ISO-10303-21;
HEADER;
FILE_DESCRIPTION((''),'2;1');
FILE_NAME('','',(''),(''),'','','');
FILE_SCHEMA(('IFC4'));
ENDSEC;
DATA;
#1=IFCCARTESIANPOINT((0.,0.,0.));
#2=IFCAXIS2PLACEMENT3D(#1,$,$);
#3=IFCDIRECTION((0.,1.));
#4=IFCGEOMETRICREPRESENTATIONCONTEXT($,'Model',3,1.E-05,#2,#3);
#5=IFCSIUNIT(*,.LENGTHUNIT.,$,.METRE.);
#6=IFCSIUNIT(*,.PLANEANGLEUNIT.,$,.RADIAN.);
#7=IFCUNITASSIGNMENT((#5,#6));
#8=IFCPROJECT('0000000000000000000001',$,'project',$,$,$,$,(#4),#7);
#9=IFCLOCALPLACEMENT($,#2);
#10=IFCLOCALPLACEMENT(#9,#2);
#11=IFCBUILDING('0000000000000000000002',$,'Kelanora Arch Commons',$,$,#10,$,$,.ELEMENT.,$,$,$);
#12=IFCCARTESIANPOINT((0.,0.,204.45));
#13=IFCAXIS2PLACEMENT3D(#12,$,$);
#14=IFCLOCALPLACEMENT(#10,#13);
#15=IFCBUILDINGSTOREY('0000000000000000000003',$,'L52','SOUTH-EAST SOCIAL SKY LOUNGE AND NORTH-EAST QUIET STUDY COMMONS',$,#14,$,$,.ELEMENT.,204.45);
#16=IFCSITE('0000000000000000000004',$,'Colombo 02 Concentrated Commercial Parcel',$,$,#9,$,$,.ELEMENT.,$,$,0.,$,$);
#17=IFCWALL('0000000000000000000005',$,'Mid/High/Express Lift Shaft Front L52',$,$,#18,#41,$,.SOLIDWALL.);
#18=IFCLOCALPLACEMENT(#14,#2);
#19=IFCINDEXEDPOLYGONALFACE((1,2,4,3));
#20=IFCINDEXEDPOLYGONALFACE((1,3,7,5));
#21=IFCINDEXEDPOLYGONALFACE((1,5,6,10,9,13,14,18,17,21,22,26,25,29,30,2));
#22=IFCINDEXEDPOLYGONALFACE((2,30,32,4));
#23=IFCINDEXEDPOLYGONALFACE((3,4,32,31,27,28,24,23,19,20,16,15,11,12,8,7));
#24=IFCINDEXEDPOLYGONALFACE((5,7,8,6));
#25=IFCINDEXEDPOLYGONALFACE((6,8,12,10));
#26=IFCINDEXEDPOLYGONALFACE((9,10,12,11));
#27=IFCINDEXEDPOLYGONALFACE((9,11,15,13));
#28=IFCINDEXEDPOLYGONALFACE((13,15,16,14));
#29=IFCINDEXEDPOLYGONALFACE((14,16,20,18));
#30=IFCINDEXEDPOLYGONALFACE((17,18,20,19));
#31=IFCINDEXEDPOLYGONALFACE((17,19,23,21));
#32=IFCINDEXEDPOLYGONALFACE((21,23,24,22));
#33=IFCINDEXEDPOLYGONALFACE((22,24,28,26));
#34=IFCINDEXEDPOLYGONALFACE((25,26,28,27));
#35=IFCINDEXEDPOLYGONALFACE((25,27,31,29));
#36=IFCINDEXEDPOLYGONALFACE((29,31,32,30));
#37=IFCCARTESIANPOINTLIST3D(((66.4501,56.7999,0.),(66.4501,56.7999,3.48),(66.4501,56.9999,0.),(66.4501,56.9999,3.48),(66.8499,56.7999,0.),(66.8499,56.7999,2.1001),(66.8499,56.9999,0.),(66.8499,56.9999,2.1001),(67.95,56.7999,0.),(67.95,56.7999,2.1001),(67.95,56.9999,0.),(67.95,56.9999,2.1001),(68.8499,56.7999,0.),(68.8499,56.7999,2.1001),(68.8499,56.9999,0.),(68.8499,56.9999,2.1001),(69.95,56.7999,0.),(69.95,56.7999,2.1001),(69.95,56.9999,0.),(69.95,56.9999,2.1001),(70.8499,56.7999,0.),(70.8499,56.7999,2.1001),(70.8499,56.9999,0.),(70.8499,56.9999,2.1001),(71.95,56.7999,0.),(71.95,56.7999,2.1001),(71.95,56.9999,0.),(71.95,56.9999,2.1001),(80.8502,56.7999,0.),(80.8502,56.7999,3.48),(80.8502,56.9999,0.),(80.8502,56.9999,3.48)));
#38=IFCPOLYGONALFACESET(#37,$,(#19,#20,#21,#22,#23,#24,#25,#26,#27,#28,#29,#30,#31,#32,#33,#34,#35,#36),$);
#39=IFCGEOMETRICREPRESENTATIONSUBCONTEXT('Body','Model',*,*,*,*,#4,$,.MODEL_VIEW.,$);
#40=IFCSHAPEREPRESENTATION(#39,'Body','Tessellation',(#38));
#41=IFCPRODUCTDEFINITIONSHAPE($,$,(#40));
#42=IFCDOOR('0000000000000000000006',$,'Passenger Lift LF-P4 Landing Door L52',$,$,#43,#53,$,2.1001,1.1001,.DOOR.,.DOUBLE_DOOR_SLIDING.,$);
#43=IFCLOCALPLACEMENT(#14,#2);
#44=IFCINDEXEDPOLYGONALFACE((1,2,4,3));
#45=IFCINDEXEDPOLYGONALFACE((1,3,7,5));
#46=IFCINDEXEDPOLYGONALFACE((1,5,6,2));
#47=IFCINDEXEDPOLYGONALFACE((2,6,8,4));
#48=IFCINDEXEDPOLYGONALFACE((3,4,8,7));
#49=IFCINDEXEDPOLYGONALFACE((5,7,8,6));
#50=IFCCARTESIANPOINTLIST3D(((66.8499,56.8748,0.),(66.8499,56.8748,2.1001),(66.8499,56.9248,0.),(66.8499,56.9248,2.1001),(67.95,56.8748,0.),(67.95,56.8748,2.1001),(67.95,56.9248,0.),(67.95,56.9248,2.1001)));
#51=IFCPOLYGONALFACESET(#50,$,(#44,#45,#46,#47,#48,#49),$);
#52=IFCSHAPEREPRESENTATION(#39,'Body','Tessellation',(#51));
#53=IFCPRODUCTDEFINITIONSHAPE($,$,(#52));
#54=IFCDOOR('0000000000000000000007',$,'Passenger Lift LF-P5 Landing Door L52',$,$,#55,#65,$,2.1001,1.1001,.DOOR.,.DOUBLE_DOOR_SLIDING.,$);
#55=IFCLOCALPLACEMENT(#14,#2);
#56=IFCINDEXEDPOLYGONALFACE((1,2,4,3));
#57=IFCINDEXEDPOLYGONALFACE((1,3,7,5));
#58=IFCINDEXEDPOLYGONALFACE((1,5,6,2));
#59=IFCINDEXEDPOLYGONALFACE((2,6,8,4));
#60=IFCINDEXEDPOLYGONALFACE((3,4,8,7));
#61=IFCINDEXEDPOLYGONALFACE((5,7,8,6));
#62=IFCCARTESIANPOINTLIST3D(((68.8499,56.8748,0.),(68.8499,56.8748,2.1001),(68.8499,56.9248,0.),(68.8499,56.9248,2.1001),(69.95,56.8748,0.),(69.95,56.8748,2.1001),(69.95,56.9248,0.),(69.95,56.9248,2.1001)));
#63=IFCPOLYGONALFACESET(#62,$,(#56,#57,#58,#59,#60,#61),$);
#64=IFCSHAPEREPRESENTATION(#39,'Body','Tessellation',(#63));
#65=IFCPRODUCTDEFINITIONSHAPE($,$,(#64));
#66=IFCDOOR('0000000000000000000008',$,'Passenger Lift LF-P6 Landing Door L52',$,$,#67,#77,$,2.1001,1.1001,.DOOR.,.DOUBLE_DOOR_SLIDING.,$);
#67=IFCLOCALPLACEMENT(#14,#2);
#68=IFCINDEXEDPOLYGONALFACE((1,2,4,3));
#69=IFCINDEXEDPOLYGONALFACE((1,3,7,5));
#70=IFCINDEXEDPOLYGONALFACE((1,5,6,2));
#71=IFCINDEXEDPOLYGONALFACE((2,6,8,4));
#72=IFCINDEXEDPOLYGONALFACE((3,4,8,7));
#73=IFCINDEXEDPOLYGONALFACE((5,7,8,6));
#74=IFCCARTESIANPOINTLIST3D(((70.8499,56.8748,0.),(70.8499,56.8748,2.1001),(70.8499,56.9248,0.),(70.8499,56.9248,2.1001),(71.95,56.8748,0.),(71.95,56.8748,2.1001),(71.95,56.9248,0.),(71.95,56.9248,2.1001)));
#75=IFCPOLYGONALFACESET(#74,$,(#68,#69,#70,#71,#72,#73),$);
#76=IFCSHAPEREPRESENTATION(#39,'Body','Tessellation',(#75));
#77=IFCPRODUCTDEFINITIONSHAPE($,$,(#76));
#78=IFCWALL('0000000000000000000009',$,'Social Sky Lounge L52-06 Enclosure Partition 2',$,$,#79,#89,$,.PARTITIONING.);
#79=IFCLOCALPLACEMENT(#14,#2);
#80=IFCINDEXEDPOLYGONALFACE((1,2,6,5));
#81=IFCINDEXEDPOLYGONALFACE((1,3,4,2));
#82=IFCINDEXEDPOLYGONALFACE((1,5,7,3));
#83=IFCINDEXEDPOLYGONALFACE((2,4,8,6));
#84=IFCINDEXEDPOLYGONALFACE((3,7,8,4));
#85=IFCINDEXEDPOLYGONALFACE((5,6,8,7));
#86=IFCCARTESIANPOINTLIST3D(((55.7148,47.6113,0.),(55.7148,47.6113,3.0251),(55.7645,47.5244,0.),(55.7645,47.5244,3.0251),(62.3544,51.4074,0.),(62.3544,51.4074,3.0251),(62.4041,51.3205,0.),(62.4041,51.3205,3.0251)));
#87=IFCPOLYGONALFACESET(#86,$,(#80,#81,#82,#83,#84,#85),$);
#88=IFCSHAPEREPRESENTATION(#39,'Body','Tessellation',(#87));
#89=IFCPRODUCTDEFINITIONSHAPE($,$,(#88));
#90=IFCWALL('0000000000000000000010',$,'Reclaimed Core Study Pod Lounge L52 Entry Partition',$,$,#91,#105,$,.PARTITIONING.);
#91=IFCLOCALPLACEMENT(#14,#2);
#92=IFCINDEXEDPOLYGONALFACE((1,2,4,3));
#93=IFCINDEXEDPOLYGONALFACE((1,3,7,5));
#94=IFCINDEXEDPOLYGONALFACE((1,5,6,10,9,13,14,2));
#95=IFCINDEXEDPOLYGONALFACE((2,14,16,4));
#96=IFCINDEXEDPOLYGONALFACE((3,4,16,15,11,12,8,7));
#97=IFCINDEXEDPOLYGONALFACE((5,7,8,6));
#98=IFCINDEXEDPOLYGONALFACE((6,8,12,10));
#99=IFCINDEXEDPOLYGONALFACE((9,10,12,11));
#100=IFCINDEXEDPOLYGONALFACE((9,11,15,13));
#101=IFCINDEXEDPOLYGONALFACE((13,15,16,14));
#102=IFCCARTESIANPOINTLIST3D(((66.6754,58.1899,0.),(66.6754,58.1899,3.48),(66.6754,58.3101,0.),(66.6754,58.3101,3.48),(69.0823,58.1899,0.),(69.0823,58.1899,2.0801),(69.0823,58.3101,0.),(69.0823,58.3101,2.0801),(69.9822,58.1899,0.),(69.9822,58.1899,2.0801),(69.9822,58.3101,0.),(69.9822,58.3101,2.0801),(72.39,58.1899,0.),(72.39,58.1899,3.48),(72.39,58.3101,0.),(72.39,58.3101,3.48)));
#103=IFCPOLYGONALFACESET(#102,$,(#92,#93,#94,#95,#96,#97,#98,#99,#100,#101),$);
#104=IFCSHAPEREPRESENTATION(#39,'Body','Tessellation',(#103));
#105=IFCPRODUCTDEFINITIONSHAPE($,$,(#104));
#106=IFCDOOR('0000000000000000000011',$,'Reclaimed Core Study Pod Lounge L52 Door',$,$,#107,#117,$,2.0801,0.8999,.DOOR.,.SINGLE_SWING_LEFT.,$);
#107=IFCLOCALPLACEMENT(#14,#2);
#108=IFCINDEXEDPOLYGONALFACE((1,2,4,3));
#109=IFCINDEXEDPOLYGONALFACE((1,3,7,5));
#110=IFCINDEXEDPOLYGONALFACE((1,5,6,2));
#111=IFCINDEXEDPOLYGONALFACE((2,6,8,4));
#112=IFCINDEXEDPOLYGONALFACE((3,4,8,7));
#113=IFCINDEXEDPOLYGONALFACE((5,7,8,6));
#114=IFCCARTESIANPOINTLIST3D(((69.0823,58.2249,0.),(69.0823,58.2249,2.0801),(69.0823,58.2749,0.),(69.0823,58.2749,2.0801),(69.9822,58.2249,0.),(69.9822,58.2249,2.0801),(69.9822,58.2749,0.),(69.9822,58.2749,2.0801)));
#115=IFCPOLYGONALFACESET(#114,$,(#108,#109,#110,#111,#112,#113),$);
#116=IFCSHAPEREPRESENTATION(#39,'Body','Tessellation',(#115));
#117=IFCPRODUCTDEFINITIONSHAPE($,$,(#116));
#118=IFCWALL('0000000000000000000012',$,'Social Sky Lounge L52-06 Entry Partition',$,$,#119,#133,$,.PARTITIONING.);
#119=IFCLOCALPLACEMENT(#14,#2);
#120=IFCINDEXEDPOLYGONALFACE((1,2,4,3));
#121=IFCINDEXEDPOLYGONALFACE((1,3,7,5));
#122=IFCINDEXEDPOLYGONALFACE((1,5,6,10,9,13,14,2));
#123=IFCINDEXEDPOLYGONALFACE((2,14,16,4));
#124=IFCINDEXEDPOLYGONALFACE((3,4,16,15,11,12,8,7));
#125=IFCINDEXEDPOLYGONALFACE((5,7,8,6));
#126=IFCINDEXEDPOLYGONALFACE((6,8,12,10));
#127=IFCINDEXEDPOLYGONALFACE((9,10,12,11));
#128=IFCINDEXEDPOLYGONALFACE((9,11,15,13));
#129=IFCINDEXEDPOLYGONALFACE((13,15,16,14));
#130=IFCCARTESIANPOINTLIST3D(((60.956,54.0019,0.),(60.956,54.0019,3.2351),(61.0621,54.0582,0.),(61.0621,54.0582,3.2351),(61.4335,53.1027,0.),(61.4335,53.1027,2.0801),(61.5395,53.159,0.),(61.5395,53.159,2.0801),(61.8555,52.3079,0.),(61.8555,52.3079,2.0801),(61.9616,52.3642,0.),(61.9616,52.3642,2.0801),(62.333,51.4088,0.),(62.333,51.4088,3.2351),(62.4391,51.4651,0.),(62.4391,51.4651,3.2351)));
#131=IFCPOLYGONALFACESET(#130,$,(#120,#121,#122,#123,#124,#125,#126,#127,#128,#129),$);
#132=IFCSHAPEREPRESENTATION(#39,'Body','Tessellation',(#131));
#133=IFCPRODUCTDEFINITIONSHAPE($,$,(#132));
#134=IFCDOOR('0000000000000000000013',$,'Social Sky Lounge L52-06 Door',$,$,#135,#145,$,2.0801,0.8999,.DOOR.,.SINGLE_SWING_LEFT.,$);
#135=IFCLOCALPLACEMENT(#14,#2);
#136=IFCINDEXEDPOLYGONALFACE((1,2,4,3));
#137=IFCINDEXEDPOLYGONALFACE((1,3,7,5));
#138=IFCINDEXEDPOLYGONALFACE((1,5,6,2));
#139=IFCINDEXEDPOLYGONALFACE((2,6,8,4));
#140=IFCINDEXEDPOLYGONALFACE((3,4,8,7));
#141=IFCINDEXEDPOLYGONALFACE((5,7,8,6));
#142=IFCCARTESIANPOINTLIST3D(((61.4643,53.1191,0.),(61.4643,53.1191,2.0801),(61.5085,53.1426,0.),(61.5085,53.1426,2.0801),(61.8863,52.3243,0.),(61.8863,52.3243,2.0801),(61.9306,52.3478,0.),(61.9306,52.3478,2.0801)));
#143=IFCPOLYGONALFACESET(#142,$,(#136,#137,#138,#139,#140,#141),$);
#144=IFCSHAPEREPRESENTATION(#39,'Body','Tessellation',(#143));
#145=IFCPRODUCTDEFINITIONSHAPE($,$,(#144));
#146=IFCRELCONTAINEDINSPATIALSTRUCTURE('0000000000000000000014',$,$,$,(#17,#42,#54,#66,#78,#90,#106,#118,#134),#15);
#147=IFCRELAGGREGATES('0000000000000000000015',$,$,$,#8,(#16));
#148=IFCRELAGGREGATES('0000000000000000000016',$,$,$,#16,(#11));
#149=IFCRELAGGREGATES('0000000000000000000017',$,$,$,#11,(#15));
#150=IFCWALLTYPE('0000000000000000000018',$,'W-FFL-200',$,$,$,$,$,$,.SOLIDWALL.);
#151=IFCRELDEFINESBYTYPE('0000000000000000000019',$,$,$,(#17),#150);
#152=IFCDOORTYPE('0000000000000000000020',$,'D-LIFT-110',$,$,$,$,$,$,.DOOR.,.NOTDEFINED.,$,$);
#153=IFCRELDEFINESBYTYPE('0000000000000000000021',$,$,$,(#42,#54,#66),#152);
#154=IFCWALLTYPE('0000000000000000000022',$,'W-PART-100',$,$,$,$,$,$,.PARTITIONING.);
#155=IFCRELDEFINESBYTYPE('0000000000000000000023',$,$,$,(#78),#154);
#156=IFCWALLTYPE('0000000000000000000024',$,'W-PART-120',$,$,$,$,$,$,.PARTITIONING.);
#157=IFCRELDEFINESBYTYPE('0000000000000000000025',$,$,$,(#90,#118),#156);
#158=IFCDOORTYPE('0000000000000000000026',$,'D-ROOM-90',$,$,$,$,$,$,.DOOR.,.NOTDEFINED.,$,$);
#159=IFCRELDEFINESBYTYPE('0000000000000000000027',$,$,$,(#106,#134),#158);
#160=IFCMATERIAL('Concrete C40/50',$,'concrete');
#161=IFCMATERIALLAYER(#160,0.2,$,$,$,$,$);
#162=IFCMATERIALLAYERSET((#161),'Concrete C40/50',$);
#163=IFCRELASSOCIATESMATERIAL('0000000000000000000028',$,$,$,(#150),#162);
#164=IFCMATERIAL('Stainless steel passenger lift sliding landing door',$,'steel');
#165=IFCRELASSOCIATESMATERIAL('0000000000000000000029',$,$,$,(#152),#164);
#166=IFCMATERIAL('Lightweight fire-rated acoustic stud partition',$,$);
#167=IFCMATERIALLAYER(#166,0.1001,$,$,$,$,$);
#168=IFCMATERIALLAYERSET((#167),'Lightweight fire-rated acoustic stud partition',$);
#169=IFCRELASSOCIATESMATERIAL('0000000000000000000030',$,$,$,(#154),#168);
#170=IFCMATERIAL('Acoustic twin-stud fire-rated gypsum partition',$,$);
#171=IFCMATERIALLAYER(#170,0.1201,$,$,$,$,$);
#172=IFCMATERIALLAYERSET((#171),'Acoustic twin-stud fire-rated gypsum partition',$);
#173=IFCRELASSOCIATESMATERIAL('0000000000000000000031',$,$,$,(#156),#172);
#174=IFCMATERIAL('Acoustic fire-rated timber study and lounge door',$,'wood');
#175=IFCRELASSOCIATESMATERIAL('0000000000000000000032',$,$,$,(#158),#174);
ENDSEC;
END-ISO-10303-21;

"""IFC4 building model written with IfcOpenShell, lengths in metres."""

from ifc_helpers import new_model, si_unit, direction, frame, frame_2d, origin, place, context, subcontext, project, spatial, rectangle, extrude, material, layer, layer_set, type_object, element, fill, save


model = new_model("IFC4")

# Units and contexts
model_context = context("Model", 3, precision=1e-05, world=origin(), true_north=direction((0.0, 1.0)))
body_context = subcontext(model_context, "Body", "Model", "MODEL_VIEW")
ifc_project = project(units=[si_unit("LENGTHUNIT", "METRE"), si_unit("PLANEANGLEUNIT", "RADIAN")], contexts=[model_context])

# Site, building, storey
site_placement = place(None, origin())
site = spatial("IfcSite", under=ifc_project, at=site_placement, Name="Colombo 02 Concentrated Commercial Parcel", CompositionType="ELEMENT", RefElevation=0.0)
building_placement = place(site_placement, origin())
building = spatial("IfcBuilding", under=site, at=building_placement, Name="Kelanora Arch Commons", CompositionType="ELEMENT")
storey_placement = place(building_placement, frame((0.0, 0.0, 204.45)))
storey = spatial("IfcBuildingStorey", under=building, at=storey_placement, Name="L52", Description="SOUTH-EAST SOCIAL SKY LOUNGE AND NORTH-EAST QUIET STUDY COMMONS", CompositionType="ELEMENT", Elevation=204.45)

# Wall, openings, doors
ifc_material_1 = material(Name="Concrete C40/50", Category="concrete")
ifc_layer_1 = layer(ifc_material_1, 0.2)
ifc_layer_set_1 = layer_set([ifc_layer_1], Name="Concrete C40/50")
wall_type_1 = type_object("IfcWallType", Name="W-FFL-200", PredefinedType="SOLIDWALL", material=ifc_layer_set_1)
wall_1_placement = place(storey_placement, frame((66.45, 56.8999, 0.0), z_axis=(0.0, 0.0, 1.0), x_axis=(1.0, 0.0, 0.0)))
wall_1 = element("IfcWall", 1, at=wall_1_placement, inside=storey, type_object=wall_type_1, Name="Mid/High/Express Lift Shaft Front L52", PredefinedType="SOLIDWALL", context=body_context, shape_type="SweptSolid", body=[
    extrude(rectangle(XDim=14.4001, YDim=0.2, at=frame_2d((7.2002, 0.0))), origin(), (0.0, 0.0, 1.0), 3.48),
])
opening_1_placement = place(wall_1_placement, frame((0.3999, 0.0, 0.0)))
opening_1 = element("IfcOpeningElement", 2, at=opening_1_placement, cuts=wall_1, PredefinedType="OPENING", context=body_context, shape_type="SweptSolid", body=[
    extrude(rectangle(XDim=1.1001, YDim=2.1001, at=frame_2d((0.55, 1.05))), frame((0.0, 0.1099, 0.0), z_axis=(0.0, -1.0, 0.0), x_axis=(1.0, 0.0, 0.0)), (0.0, 0.0, 1.0), 0.22),
])
opening_2_placement = place(wall_1_placement, frame((2.3999, 0.0, 0.0)))
opening_2 = element("IfcOpeningElement", 3, at=opening_2_placement, cuts=wall_1, PredefinedType="OPENING", context=body_context, shape_type="SweptSolid", body=[
    extrude(rectangle(XDim=1.1001, YDim=2.1001, at=frame_2d((0.55, 1.05))), frame((0.0, 0.1099, 0.0), z_axis=(0.0, -1.0, 0.0), x_axis=(1.0, 0.0, 0.0)), (0.0, 0.0, 1.0), 0.22),
])
opening_3_placement = place(wall_1_placement, frame((4.3999, 0.0, 0.0)))
opening_3 = element("IfcOpeningElement", 4, at=opening_3_placement, cuts=wall_1, PredefinedType="OPENING", context=body_context, shape_type="SweptSolid", body=[
    extrude(rectangle(XDim=1.1001, YDim=2.1001, at=frame_2d((0.55, 1.05))), frame((0.0, 0.1099, 0.0), z_axis=(0.0, -1.0, 0.0), x_axis=(1.0, 0.0, 0.0)), (0.0, 0.0, 1.0), 0.22),
])
ifc_material_2 = material(Name="Stainless steel passenger lift sliding landing door", Category="steel")
door_type_1 = type_object("IfcDoorType", Name="D-LIFT-110", OperationType="NOTDEFINED", PredefinedType="DOOR", material=ifc_material_2)
door_1_placement = place(opening_1_placement, origin())
door_1 = element("IfcDoor", 5, at=door_1_placement, inside=storey, type_object=door_type_1, Name="Passenger Lift LF-P4 Landing Door L52", OperationType="DOUBLE_DOOR_SLIDING", OverallHeight=2.1001, OverallWidth=1.1001, PredefinedType="DOOR", context=body_context, shape_type="SweptSolid", body=[
    extrude(rectangle(XDim=1.1001, YDim=2.1001, at=frame_2d((0.55, 1.05))), frame((0.0, 0.0249, 0.0), z_axis=(0.0, -1.0, 0.0), x_axis=(1.0, 0.0, 0.0)), (0.0, 0.0, 1.0), 0.05),
])
fill(opening_1, door_1)
door_2_placement = place(opening_2_placement, origin())
door_2 = element("IfcDoor", 6, at=door_2_placement, inside=storey, type_object=door_type_1, Name="Passenger Lift LF-P5 Landing Door L52", OperationType="DOUBLE_DOOR_SLIDING", OverallHeight=2.1001, OverallWidth=1.1001, PredefinedType="DOOR", context=body_context, shape_type="SweptSolid", body=[
    extrude(rectangle(XDim=1.1001, YDim=2.1001, at=frame_2d((0.55, 1.05))), frame((0.0, 0.0249, 0.0), z_axis=(0.0, -1.0, 0.0), x_axis=(1.0, 0.0, 0.0)), (0.0, 0.0, 1.0), 0.05),
])
fill(opening_2, door_2)
door_3_placement = place(opening_3_placement, origin())
door_3 = element("IfcDoor", 7, at=door_3_placement, inside=storey, type_object=door_type_1, Name="Passenger Lift LF-P6 Landing Door L52", OperationType="DOUBLE_DOOR_SLIDING", OverallHeight=2.1001, OverallWidth=1.1001, PredefinedType="DOOR", context=body_context, shape_type="SweptSolid", body=[
    extrude(rectangle(XDim=1.1001, YDim=2.1001, at=frame_2d((0.55, 1.05))), frame((0.0, 0.0249, 0.0), z_axis=(0.0, -1.0, 0.0), x_axis=(1.0, 0.0, 0.0)), (0.0, 0.0, 1.0), 0.05),
])
fill(opening_3, door_3)

# Wall
ifc_material_3 = material(Name="Lightweight fire-rated acoustic stud partition")
ifc_layer_2 = layer(ifc_material_3, 0.1001)
ifc_layer_set_2 = layer_set([ifc_layer_2], Name="Lightweight fire-rated acoustic stud partition")
wall_type_2 = type_object("IfcWallType", Name="W-PART-100", PredefinedType="PARTITIONING", material=ifc_layer_set_2)
wall_2_placement = place(storey_placement, frame((62.3794, 51.364, 0.0), z_axis=(0.0, 0.0, 1.0), x_axis=(-0.868127, -0.496342, 0.0)))
element("IfcWall", 8, at=wall_2_placement, inside=storey, type_object=wall_type_2, Name="Social Sky Lounge L52-06 Enclosure Partition 2", PredefinedType="PARTITIONING", context=body_context, shape_type="SweptSolid", body=[
    extrude(rectangle(XDim=7.6482, YDim=0.1001, at=frame_2d((3.8242, 0.0))), origin(), (0.0, 0.0, 1.0), 3.0251),
])

# Walls, openings, doors
ifc_material_4 = material(Name="Acoustic twin-stud fire-rated gypsum partition")
ifc_layer_3 = layer(ifc_material_4, 0.1201)
ifc_layer_set_3 = layer_set([ifc_layer_3], Name="Acoustic twin-stud fire-rated gypsum partition")
wall_type_3 = type_object("IfcWallType", Name="W-PART-120", PredefinedType="PARTITIONING", material=ifc_layer_set_3)
wall_3_placement = place(storey_placement, frame((66.6753, 58.25, 0.0), z_axis=(0.0, 0.0, 1.0), x_axis=(1.0, 0.0, 0.0)))
wall_3 = element("IfcWall", 9, at=wall_3_placement, inside=storey, type_object=wall_type_3, Name="Reclaimed Core Study Pod Lounge L52 Entry Partition", PredefinedType="PARTITIONING", context=body_context, shape_type="SweptSolid", body=[
    extrude(rectangle(XDim=5.7146, YDim=0.1201, at=frame_2d((2.8574, 0.0))), origin(), (0.0, 0.0, 1.0), 3.48),
])
opening_4_placement = place(wall_3_placement, frame((2.407, 0.0, 0.0)))
opening_4 = element("IfcOpeningElement", 10, at=opening_4_placement, cuts=wall_3, PredefinedType="OPENING", context=body_context, shape_type="SweptSolid", body=[
    extrude(rectangle(XDim=0.8999, YDim=2.0801, at=frame_2d((0.45, 1.04))), frame((0.0, 0.0701, 0.0), z_axis=(0.0, -1.0, 0.0), x_axis=(1.0, 0.0, 0.0)), (0.0, 0.0, 1.0), 0.1401),
])
ifc_material_5 = material(Name="Acoustic fire-rated timber study and lounge door", Category="wood")
door_type_2 = type_object("IfcDoorType", Name="D-ROOM-90", OperationType="NOTDEFINED", PredefinedType="DOOR", material=ifc_material_5)
door_4_placement = place(opening_4_placement, origin())
door_4 = element("IfcDoor", 11, at=door_4_placement, inside=storey, type_object=door_type_2, Name="Reclaimed Core Study Pod Lounge L52 Door", OperationType="SINGLE_SWING_LEFT", OverallHeight=2.0801, OverallWidth=0.8999, PredefinedType="DOOR", context=body_context, shape_type="SweptSolid", body=[
    extrude(rectangle(XDim=0.8999, YDim=2.0801, at=frame_2d((0.45, 1.04))), frame((0.0, 0.0249, 0.0), z_axis=(0.0, -1.0, 0.0), x_axis=(1.0, 0.0, 0.0)), (0.0, 0.0, 1.0), 0.05),
])
fill(opening_4, door_4)
wall_4_placement = place(storey_placement, frame((61.009, 54.03, 0.0), z_axis=(0.0, 0.0, 1.0), x_axis=(0.468999, -0.883199, 0.0)))
wall_4 = element("IfcWall", 12, at=wall_4_placement, inside=storey, type_object=wall_type_3, Name="Social Sky Lounge L52-06 Entry Partition", PredefinedType="PARTITIONING", context=body_context, shape_type="SweptSolid", body=[
    extrude(rectangle(XDim=2.936, YDim=0.1201, at=frame_2d((1.468, 0.0))), origin(), (0.0, 0.0, 1.0), 3.2351),
])
opening_5_placement = place(wall_4_placement, frame((1.0181, 0.0, 0.0)))
opening_5 = element("IfcOpeningElement", 13, at=opening_5_placement, cuts=wall_4, PredefinedType="OPENING", context=body_context, shape_type="SweptSolid", body=[
    extrude(rectangle(XDim=0.8999, YDim=2.0801, at=frame_2d((0.45, 1.04))), frame((0.0, 0.0701, 0.0), z_axis=(0.0, -1.0, 0.0), x_axis=(1.0, 0.0, 0.0)), (0.0, 0.0, 1.0), 0.1401),
])
door_5_placement = place(opening_5_placement, origin())
door_5 = element("IfcDoor", 14, at=door_5_placement, inside=storey, type_object=door_type_2, Name="Social Sky Lounge L52-06 Door", OperationType="SINGLE_SWING_LEFT", OverallHeight=2.0801, OverallWidth=0.8999, PredefinedType="DOOR", context=body_context, shape_type="SweptSolid", body=[
    extrude(rectangle(XDim=0.8999, YDim=2.0801, at=frame_2d((0.45, 1.04))), frame((0.0, 0.0249, 0.0), z_axis=(0.0, -1.0, 0.0), x_axis=(1.0, 0.0, 0.0)), (0.0, 0.0, 1.0), 0.05),
])
fill(opening_5, door_5)

save(model, "model.ifc")
